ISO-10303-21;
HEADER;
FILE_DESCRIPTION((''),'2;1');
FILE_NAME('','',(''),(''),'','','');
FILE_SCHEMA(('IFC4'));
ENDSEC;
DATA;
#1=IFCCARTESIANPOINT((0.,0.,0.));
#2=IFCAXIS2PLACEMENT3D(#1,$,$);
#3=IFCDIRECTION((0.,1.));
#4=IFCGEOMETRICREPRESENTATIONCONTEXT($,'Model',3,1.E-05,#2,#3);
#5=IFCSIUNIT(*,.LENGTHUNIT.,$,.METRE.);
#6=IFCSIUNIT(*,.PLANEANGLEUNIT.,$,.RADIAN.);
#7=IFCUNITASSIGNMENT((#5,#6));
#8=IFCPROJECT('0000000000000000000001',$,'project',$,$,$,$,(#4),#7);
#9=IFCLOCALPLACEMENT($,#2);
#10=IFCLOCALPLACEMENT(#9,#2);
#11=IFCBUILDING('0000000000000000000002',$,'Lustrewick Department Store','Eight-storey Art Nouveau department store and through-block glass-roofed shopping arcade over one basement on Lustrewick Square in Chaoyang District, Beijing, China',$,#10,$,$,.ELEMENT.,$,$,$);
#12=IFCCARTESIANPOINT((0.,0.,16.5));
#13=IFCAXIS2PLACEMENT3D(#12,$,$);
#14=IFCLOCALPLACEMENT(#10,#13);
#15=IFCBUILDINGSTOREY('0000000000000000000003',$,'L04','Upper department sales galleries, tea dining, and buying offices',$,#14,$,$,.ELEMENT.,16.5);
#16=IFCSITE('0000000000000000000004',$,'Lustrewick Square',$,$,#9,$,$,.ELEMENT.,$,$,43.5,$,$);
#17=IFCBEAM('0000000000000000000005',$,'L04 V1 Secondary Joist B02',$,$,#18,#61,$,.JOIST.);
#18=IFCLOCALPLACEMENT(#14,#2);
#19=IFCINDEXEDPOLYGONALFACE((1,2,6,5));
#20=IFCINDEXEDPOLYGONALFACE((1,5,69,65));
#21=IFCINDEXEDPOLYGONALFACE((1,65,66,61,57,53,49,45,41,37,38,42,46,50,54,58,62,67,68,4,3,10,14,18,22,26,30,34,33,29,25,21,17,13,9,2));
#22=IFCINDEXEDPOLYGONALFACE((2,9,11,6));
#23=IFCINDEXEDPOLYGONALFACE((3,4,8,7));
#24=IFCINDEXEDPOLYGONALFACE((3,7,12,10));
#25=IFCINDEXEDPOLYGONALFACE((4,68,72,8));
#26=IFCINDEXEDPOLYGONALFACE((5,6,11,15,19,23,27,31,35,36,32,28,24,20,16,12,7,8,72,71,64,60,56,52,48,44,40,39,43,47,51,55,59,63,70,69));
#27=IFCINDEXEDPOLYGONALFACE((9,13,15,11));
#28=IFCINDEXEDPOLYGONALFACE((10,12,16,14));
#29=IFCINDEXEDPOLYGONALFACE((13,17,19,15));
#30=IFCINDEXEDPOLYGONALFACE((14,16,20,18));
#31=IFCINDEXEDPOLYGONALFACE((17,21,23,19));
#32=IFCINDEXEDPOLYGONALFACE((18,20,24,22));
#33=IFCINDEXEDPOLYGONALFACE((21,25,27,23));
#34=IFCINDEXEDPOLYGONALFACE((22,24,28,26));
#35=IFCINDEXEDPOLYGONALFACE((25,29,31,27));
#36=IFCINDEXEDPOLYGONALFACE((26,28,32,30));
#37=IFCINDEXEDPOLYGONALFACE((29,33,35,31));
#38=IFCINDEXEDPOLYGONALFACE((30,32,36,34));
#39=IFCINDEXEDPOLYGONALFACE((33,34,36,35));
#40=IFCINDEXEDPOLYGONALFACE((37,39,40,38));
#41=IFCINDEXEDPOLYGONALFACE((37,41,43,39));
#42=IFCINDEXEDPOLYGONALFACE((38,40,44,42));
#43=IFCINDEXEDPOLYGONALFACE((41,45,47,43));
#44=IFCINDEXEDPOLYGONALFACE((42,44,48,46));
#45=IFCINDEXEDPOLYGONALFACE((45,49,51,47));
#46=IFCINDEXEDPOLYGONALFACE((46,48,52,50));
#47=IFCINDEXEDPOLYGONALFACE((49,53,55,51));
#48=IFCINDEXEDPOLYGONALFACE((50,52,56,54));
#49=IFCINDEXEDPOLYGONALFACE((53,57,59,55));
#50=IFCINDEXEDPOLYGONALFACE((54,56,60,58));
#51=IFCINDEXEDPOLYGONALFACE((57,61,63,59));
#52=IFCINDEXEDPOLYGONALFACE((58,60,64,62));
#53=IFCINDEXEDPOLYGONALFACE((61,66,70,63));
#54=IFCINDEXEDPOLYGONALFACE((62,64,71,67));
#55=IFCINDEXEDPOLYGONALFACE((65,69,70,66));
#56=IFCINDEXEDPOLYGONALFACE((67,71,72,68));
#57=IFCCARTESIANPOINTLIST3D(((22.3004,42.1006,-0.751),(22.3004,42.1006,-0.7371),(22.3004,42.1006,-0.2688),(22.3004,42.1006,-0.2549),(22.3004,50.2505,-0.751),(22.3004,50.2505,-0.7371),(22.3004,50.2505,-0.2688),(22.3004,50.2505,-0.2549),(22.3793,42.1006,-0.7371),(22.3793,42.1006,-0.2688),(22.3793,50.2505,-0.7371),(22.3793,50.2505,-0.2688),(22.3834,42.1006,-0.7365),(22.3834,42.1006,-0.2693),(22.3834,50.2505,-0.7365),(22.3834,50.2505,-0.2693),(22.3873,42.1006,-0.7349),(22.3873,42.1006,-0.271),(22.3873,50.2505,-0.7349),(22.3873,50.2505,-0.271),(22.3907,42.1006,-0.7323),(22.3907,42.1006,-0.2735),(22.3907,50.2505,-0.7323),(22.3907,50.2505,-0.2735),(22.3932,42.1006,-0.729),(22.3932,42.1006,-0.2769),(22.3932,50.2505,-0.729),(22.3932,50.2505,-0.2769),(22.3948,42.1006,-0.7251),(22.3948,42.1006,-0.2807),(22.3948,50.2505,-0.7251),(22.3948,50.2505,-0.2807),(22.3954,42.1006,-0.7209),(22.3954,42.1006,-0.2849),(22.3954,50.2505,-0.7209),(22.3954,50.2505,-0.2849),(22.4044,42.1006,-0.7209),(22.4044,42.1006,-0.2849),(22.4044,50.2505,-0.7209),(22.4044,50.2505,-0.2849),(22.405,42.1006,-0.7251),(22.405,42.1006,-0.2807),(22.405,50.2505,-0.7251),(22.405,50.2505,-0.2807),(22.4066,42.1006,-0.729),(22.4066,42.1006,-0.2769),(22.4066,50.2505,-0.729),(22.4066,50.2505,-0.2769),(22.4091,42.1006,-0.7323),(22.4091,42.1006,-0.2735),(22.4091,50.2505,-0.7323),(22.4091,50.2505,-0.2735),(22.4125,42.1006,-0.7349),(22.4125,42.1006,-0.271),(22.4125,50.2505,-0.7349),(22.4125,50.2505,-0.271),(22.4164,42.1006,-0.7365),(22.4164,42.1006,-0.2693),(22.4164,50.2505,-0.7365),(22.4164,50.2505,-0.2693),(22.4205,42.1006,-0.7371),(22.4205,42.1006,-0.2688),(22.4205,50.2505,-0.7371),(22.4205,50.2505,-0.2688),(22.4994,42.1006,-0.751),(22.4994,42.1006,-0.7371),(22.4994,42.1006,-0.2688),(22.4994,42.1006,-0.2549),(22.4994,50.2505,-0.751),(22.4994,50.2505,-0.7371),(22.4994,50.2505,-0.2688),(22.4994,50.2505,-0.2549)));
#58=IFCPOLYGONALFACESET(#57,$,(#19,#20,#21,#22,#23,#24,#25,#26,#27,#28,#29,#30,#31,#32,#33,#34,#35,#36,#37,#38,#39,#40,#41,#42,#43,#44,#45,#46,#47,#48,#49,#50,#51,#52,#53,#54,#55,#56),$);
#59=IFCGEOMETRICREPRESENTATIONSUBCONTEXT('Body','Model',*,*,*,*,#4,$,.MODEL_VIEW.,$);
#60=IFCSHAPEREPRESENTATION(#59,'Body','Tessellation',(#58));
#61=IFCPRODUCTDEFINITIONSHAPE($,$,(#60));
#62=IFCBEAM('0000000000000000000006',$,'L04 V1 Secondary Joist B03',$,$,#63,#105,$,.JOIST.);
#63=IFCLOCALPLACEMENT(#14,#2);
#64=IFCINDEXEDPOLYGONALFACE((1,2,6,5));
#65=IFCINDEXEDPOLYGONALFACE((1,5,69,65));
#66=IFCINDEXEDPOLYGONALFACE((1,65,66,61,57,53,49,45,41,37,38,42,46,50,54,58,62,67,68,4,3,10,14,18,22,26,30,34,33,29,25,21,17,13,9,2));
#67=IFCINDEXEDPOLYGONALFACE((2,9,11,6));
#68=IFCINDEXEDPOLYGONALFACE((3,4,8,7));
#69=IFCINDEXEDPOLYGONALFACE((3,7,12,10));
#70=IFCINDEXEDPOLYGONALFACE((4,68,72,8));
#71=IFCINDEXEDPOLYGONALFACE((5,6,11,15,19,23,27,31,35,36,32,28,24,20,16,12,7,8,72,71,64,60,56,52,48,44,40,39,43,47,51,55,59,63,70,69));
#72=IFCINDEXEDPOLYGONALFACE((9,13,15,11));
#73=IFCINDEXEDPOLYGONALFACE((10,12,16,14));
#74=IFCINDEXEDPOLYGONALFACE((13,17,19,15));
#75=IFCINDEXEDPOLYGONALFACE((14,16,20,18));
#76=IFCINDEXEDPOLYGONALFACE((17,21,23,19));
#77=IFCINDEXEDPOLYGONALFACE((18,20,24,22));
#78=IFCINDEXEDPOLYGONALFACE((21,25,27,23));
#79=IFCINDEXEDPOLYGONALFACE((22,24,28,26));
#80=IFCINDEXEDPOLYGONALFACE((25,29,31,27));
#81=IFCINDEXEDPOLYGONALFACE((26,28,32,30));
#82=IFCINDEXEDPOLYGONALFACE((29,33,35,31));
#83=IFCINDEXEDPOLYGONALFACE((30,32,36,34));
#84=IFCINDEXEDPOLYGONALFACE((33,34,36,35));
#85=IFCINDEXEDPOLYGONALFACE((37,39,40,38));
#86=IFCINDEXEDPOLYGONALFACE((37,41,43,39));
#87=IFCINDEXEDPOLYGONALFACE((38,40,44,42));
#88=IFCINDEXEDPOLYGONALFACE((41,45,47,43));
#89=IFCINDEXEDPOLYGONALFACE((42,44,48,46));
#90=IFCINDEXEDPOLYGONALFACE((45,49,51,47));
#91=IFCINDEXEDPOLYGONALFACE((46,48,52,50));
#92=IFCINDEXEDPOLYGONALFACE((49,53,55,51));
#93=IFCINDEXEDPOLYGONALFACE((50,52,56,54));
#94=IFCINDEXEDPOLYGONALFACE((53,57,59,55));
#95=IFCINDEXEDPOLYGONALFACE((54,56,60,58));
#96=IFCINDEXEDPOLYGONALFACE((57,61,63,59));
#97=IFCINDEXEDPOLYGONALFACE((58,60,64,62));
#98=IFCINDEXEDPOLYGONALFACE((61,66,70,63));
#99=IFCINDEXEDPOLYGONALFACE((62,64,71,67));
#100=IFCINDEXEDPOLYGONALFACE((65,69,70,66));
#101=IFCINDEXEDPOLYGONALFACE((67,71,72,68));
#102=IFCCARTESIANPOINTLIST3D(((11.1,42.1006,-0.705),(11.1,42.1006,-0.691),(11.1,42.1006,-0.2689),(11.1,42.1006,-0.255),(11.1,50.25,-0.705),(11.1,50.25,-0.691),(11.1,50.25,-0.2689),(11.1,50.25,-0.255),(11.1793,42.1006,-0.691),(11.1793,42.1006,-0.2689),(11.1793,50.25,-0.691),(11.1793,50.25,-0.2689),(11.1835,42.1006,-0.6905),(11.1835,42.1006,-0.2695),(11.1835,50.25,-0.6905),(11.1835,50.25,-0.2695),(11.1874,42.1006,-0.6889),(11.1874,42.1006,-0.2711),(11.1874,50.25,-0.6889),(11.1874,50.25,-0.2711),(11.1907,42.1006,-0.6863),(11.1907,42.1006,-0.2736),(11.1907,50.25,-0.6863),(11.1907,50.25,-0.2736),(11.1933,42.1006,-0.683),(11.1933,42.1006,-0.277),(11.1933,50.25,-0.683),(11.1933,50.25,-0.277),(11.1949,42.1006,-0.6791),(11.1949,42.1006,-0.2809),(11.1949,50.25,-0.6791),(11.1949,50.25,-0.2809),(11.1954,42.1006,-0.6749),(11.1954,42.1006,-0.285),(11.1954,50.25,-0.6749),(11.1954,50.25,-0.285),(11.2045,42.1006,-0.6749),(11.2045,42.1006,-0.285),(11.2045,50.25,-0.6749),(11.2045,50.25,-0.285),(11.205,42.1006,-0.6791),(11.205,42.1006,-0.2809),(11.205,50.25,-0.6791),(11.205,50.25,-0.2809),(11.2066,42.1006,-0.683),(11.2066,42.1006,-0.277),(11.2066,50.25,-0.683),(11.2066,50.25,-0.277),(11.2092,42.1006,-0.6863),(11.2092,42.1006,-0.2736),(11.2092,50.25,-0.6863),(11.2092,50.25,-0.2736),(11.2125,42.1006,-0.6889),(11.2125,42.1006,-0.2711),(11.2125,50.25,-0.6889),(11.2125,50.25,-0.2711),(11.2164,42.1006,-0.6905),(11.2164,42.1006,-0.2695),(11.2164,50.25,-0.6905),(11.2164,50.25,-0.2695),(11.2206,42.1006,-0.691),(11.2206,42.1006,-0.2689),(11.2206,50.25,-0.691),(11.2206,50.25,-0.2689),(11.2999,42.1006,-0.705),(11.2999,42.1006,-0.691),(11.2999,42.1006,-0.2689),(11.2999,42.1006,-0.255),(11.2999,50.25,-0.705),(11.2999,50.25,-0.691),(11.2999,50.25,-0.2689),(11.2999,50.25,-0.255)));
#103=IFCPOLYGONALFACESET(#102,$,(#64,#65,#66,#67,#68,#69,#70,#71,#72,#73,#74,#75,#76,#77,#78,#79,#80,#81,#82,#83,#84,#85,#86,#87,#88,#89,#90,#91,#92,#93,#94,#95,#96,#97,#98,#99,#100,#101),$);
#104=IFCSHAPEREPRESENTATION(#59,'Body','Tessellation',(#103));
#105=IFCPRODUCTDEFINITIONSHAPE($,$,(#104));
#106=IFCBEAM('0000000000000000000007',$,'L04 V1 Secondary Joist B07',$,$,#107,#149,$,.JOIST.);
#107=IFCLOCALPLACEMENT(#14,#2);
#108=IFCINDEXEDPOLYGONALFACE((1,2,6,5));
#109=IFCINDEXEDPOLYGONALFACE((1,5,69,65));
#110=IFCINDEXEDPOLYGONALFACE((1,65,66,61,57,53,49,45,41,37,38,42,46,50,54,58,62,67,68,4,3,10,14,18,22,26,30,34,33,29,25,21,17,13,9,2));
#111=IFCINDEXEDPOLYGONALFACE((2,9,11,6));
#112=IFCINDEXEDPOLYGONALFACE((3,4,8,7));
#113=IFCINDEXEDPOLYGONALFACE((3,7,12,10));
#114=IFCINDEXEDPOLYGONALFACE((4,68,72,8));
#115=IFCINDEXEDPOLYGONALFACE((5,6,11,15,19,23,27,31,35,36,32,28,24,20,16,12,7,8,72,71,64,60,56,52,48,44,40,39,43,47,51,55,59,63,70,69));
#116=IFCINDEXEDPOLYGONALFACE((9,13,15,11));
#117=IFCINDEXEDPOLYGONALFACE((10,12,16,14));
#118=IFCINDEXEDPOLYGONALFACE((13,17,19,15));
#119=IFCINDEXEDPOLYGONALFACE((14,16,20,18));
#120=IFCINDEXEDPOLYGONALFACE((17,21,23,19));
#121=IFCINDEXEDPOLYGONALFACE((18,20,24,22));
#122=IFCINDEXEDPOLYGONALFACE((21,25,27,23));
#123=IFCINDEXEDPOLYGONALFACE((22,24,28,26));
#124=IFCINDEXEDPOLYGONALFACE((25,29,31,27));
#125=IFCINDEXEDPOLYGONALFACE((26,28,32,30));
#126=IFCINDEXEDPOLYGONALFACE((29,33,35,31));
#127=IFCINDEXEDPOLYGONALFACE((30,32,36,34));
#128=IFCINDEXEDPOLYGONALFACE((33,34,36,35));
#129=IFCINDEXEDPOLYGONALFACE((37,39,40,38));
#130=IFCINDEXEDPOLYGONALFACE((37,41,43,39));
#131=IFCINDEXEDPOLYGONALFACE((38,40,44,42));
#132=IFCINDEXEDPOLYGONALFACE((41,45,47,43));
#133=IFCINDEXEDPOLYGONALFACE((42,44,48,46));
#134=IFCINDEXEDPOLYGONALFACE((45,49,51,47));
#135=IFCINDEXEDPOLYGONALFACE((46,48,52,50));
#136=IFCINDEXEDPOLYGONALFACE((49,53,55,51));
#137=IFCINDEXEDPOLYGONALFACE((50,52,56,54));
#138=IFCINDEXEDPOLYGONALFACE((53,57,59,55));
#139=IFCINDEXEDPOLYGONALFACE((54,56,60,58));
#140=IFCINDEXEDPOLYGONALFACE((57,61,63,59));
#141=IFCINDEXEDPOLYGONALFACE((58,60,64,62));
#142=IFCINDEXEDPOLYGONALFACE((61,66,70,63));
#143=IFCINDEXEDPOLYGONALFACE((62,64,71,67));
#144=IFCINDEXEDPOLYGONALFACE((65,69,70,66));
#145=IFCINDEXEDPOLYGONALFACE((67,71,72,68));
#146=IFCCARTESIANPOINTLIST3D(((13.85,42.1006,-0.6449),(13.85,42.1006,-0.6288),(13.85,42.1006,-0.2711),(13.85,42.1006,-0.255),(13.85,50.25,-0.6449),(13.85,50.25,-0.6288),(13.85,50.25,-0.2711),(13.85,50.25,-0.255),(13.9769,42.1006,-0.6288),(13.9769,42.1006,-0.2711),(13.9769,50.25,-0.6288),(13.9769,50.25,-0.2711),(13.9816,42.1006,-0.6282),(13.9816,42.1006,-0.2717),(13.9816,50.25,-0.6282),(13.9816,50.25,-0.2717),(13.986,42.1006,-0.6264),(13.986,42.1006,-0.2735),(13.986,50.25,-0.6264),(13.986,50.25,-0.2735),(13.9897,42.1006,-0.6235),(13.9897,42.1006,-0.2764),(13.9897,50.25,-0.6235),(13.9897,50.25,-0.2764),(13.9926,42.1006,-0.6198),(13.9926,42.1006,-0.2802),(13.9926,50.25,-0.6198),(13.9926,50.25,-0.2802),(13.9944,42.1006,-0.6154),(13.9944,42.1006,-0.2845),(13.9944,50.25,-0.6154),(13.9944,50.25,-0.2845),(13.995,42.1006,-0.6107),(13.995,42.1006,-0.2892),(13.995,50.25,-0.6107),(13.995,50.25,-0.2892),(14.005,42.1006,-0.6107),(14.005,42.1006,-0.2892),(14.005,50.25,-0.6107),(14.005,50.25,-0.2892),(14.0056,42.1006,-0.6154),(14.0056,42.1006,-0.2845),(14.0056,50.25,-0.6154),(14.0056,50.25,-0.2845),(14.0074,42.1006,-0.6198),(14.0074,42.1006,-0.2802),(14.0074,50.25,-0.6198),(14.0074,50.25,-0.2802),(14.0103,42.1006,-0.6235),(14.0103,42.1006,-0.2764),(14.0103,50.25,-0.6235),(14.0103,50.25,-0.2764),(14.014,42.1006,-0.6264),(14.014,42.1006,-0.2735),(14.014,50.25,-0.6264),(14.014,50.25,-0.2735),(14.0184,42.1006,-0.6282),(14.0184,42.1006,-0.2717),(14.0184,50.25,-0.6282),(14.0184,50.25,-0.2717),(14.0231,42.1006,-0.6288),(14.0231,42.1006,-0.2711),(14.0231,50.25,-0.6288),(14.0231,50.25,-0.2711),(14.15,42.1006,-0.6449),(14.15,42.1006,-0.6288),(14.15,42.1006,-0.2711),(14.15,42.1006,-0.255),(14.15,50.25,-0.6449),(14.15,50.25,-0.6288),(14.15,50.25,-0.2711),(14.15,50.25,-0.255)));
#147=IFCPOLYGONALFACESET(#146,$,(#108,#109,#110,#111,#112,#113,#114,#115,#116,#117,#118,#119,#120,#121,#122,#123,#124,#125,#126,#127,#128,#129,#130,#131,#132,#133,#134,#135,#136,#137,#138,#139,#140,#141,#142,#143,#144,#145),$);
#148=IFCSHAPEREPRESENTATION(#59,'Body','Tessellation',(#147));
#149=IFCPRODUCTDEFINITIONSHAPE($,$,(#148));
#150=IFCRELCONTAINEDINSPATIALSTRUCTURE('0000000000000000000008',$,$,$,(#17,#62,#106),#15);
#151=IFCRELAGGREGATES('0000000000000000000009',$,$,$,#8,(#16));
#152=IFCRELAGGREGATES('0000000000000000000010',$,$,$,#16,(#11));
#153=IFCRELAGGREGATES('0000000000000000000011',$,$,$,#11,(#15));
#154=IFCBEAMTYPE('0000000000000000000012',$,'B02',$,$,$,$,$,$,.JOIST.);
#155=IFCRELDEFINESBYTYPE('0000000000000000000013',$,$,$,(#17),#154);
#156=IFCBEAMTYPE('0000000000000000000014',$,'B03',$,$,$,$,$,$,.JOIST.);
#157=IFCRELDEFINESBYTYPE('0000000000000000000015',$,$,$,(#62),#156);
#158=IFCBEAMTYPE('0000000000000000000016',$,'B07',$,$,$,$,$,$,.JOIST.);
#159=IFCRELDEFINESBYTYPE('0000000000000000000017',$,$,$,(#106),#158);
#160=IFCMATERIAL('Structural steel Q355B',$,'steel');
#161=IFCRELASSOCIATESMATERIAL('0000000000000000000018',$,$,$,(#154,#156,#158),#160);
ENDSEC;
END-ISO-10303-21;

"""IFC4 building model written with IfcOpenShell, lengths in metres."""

from ifc_helpers import new_model, si_unit, direction, frame, origin, origin_2d, place, context, subcontext, project, spatial, i_section, extrude, material, material_profile, profile_set, type_object, element, save


model = new_model("IFC4")

# Units and contexts
model_context = context("Model", 3, precision=1e-05, world=origin(), true_north=direction((0.0, 1.0)))
body_context = subcontext(model_context, "Body", "Model", "MODEL_VIEW")
ifc_project = project(units=[si_unit("LENGTHUNIT", "METRE"), si_unit("PLANEANGLEUNIT", "RADIAN")], contexts=[model_context])

# Site, building, storey
site_placement = place(None, origin())
site = spatial("IfcSite", under=ifc_project, at=site_placement, Name="Lustrewick Square", CompositionType="ELEMENT", RefElevation=43.5)
building_placement = place(site_placement, origin())
building = spatial("IfcBuilding", under=site, at=building_placement, Name="Lustrewick Department Store", Description="Eight-storey Art Nouveau department store and through-block glass-roofed shopping arcade over one basement on Lustrewick Square in Chaoyang District, Beijing, China", CompositionType="ELEMENT")
storey_placement = place(building_placement, frame((0.0, 0.0, 16.5)))
storey = spatial("IfcBuildingStorey", under=building, at=storey_placement, Name="L04", Description="Upper department sales galleries, tea dining, and buying offices", CompositionType="ELEMENT", Elevation=16.5)

# Shared definitions
ifc_material_1 = material(Name="Structural steel Q355B", Category="steel")

# Beams
ifc_material_profile_1 = material_profile(ifc_material_1, i_section(OverallWidth=0.199, OverallDepth=0.4961, WebThickness=0.009, FlangeThickness=0.0139, FilletRadius=0.0161, at=origin_2d()), Name="HN 496x199x9x14")
ifc_profile_set_1 = profile_set([ifc_material_profile_1], Name="Structural steel Q355B")
beam_type_1 = type_object("IfcBeamType", Name="B02", PredefinedType="JOIST", material=ifc_profile_set_1)
beam_1_placement = place(storey_placement, frame((22.3999, 42.1006, -0.5029), z_axis=(0.0, 1.0, 0.0), x_axis=(-1.0, 0.0, 0.0)))
element("IfcBeam", 1, at=beam_1_placement, inside=storey, type_object=beam_type_1, Name="L04 V1 Secondary Joist B02", PredefinedType="JOIST", context=body_context, shape_type="SweptSolid", body=[
    extrude(i_section(OverallWidth=0.199, OverallDepth=0.4961, WebThickness=0.009, FlangeThickness=0.0139, FilletRadius=0.0161, at=origin_2d()), origin(), (0.0, 0.0, 1.0), 8.1499),
])
ifc_material_profile_2 = material_profile(ifc_material_1, i_section(OverallWidth=0.2, OverallDepth=0.45, WebThickness=0.009, FlangeThickness=0.0139, FilletRadius=0.0161, at=origin_2d()), Name="HN 450x200x9x14")
ifc_profile_set_2 = profile_set([ifc_material_profile_2], Name="Structural steel Q355B")
beam_type_2 = type_object("IfcBeamType", Name="B03", PredefinedType="JOIST", material=ifc_profile_set_2)
beam_2_placement = place(storey_placement, frame((11.2, 42.1006, -0.48), z_axis=(0.0, 1.0, 0.0), x_axis=(-1.0, 0.0, 0.0)))
element("IfcBeam", 2, at=beam_2_placement, inside=storey, type_object=beam_type_2, Name="L04 V1 Secondary Joist B03", PredefinedType="JOIST", context=body_context, shape_type="SweptSolid", body=[
    extrude(i_section(OverallWidth=0.2, OverallDepth=0.45, WebThickness=0.009, FlangeThickness=0.0139, FilletRadius=0.0161, at=origin_2d()), origin(), (0.0, 0.0, 1.0), 8.1494),
])
ifc_material_profile_3 = material_profile(ifc_material_1, i_section(OverallWidth=0.3, OverallDepth=0.3899, WebThickness=0.01, FlangeThickness=0.0161, FilletRadius=0.0181, at=origin_2d()), Name="HM 390x300x10x16")
ifc_profile_set_3 = profile_set([ifc_material_profile_3], Name="Structural steel Q355B")
beam_type_3 = type_object("IfcBeamType", Name="B07", PredefinedType="JOIST", material=ifc_profile_set_3)
beam_3_placement = place(storey_placement, frame((14.0, 42.1006, -0.45), z_axis=(0.0, 1.0, 0.0), x_axis=(-1.0, 0.0, 0.0)))
element("IfcBeam", 3, at=beam_3_placement, inside=storey, type_object=beam_type_3, Name="L04 V1 Secondary Joist B07", PredefinedType="JOIST", context=body_context, shape_type="SweptSolid", body=[
    extrude(i_section(OverallWidth=0.3, OverallDepth=0.3899, WebThickness=0.01, FlangeThickness=0.0161, FilletRadius=0.0181, at=origin_2d()), origin(), (0.0, 0.0, 1.0), 8.1494),
])

save(model, "model.ifc")
